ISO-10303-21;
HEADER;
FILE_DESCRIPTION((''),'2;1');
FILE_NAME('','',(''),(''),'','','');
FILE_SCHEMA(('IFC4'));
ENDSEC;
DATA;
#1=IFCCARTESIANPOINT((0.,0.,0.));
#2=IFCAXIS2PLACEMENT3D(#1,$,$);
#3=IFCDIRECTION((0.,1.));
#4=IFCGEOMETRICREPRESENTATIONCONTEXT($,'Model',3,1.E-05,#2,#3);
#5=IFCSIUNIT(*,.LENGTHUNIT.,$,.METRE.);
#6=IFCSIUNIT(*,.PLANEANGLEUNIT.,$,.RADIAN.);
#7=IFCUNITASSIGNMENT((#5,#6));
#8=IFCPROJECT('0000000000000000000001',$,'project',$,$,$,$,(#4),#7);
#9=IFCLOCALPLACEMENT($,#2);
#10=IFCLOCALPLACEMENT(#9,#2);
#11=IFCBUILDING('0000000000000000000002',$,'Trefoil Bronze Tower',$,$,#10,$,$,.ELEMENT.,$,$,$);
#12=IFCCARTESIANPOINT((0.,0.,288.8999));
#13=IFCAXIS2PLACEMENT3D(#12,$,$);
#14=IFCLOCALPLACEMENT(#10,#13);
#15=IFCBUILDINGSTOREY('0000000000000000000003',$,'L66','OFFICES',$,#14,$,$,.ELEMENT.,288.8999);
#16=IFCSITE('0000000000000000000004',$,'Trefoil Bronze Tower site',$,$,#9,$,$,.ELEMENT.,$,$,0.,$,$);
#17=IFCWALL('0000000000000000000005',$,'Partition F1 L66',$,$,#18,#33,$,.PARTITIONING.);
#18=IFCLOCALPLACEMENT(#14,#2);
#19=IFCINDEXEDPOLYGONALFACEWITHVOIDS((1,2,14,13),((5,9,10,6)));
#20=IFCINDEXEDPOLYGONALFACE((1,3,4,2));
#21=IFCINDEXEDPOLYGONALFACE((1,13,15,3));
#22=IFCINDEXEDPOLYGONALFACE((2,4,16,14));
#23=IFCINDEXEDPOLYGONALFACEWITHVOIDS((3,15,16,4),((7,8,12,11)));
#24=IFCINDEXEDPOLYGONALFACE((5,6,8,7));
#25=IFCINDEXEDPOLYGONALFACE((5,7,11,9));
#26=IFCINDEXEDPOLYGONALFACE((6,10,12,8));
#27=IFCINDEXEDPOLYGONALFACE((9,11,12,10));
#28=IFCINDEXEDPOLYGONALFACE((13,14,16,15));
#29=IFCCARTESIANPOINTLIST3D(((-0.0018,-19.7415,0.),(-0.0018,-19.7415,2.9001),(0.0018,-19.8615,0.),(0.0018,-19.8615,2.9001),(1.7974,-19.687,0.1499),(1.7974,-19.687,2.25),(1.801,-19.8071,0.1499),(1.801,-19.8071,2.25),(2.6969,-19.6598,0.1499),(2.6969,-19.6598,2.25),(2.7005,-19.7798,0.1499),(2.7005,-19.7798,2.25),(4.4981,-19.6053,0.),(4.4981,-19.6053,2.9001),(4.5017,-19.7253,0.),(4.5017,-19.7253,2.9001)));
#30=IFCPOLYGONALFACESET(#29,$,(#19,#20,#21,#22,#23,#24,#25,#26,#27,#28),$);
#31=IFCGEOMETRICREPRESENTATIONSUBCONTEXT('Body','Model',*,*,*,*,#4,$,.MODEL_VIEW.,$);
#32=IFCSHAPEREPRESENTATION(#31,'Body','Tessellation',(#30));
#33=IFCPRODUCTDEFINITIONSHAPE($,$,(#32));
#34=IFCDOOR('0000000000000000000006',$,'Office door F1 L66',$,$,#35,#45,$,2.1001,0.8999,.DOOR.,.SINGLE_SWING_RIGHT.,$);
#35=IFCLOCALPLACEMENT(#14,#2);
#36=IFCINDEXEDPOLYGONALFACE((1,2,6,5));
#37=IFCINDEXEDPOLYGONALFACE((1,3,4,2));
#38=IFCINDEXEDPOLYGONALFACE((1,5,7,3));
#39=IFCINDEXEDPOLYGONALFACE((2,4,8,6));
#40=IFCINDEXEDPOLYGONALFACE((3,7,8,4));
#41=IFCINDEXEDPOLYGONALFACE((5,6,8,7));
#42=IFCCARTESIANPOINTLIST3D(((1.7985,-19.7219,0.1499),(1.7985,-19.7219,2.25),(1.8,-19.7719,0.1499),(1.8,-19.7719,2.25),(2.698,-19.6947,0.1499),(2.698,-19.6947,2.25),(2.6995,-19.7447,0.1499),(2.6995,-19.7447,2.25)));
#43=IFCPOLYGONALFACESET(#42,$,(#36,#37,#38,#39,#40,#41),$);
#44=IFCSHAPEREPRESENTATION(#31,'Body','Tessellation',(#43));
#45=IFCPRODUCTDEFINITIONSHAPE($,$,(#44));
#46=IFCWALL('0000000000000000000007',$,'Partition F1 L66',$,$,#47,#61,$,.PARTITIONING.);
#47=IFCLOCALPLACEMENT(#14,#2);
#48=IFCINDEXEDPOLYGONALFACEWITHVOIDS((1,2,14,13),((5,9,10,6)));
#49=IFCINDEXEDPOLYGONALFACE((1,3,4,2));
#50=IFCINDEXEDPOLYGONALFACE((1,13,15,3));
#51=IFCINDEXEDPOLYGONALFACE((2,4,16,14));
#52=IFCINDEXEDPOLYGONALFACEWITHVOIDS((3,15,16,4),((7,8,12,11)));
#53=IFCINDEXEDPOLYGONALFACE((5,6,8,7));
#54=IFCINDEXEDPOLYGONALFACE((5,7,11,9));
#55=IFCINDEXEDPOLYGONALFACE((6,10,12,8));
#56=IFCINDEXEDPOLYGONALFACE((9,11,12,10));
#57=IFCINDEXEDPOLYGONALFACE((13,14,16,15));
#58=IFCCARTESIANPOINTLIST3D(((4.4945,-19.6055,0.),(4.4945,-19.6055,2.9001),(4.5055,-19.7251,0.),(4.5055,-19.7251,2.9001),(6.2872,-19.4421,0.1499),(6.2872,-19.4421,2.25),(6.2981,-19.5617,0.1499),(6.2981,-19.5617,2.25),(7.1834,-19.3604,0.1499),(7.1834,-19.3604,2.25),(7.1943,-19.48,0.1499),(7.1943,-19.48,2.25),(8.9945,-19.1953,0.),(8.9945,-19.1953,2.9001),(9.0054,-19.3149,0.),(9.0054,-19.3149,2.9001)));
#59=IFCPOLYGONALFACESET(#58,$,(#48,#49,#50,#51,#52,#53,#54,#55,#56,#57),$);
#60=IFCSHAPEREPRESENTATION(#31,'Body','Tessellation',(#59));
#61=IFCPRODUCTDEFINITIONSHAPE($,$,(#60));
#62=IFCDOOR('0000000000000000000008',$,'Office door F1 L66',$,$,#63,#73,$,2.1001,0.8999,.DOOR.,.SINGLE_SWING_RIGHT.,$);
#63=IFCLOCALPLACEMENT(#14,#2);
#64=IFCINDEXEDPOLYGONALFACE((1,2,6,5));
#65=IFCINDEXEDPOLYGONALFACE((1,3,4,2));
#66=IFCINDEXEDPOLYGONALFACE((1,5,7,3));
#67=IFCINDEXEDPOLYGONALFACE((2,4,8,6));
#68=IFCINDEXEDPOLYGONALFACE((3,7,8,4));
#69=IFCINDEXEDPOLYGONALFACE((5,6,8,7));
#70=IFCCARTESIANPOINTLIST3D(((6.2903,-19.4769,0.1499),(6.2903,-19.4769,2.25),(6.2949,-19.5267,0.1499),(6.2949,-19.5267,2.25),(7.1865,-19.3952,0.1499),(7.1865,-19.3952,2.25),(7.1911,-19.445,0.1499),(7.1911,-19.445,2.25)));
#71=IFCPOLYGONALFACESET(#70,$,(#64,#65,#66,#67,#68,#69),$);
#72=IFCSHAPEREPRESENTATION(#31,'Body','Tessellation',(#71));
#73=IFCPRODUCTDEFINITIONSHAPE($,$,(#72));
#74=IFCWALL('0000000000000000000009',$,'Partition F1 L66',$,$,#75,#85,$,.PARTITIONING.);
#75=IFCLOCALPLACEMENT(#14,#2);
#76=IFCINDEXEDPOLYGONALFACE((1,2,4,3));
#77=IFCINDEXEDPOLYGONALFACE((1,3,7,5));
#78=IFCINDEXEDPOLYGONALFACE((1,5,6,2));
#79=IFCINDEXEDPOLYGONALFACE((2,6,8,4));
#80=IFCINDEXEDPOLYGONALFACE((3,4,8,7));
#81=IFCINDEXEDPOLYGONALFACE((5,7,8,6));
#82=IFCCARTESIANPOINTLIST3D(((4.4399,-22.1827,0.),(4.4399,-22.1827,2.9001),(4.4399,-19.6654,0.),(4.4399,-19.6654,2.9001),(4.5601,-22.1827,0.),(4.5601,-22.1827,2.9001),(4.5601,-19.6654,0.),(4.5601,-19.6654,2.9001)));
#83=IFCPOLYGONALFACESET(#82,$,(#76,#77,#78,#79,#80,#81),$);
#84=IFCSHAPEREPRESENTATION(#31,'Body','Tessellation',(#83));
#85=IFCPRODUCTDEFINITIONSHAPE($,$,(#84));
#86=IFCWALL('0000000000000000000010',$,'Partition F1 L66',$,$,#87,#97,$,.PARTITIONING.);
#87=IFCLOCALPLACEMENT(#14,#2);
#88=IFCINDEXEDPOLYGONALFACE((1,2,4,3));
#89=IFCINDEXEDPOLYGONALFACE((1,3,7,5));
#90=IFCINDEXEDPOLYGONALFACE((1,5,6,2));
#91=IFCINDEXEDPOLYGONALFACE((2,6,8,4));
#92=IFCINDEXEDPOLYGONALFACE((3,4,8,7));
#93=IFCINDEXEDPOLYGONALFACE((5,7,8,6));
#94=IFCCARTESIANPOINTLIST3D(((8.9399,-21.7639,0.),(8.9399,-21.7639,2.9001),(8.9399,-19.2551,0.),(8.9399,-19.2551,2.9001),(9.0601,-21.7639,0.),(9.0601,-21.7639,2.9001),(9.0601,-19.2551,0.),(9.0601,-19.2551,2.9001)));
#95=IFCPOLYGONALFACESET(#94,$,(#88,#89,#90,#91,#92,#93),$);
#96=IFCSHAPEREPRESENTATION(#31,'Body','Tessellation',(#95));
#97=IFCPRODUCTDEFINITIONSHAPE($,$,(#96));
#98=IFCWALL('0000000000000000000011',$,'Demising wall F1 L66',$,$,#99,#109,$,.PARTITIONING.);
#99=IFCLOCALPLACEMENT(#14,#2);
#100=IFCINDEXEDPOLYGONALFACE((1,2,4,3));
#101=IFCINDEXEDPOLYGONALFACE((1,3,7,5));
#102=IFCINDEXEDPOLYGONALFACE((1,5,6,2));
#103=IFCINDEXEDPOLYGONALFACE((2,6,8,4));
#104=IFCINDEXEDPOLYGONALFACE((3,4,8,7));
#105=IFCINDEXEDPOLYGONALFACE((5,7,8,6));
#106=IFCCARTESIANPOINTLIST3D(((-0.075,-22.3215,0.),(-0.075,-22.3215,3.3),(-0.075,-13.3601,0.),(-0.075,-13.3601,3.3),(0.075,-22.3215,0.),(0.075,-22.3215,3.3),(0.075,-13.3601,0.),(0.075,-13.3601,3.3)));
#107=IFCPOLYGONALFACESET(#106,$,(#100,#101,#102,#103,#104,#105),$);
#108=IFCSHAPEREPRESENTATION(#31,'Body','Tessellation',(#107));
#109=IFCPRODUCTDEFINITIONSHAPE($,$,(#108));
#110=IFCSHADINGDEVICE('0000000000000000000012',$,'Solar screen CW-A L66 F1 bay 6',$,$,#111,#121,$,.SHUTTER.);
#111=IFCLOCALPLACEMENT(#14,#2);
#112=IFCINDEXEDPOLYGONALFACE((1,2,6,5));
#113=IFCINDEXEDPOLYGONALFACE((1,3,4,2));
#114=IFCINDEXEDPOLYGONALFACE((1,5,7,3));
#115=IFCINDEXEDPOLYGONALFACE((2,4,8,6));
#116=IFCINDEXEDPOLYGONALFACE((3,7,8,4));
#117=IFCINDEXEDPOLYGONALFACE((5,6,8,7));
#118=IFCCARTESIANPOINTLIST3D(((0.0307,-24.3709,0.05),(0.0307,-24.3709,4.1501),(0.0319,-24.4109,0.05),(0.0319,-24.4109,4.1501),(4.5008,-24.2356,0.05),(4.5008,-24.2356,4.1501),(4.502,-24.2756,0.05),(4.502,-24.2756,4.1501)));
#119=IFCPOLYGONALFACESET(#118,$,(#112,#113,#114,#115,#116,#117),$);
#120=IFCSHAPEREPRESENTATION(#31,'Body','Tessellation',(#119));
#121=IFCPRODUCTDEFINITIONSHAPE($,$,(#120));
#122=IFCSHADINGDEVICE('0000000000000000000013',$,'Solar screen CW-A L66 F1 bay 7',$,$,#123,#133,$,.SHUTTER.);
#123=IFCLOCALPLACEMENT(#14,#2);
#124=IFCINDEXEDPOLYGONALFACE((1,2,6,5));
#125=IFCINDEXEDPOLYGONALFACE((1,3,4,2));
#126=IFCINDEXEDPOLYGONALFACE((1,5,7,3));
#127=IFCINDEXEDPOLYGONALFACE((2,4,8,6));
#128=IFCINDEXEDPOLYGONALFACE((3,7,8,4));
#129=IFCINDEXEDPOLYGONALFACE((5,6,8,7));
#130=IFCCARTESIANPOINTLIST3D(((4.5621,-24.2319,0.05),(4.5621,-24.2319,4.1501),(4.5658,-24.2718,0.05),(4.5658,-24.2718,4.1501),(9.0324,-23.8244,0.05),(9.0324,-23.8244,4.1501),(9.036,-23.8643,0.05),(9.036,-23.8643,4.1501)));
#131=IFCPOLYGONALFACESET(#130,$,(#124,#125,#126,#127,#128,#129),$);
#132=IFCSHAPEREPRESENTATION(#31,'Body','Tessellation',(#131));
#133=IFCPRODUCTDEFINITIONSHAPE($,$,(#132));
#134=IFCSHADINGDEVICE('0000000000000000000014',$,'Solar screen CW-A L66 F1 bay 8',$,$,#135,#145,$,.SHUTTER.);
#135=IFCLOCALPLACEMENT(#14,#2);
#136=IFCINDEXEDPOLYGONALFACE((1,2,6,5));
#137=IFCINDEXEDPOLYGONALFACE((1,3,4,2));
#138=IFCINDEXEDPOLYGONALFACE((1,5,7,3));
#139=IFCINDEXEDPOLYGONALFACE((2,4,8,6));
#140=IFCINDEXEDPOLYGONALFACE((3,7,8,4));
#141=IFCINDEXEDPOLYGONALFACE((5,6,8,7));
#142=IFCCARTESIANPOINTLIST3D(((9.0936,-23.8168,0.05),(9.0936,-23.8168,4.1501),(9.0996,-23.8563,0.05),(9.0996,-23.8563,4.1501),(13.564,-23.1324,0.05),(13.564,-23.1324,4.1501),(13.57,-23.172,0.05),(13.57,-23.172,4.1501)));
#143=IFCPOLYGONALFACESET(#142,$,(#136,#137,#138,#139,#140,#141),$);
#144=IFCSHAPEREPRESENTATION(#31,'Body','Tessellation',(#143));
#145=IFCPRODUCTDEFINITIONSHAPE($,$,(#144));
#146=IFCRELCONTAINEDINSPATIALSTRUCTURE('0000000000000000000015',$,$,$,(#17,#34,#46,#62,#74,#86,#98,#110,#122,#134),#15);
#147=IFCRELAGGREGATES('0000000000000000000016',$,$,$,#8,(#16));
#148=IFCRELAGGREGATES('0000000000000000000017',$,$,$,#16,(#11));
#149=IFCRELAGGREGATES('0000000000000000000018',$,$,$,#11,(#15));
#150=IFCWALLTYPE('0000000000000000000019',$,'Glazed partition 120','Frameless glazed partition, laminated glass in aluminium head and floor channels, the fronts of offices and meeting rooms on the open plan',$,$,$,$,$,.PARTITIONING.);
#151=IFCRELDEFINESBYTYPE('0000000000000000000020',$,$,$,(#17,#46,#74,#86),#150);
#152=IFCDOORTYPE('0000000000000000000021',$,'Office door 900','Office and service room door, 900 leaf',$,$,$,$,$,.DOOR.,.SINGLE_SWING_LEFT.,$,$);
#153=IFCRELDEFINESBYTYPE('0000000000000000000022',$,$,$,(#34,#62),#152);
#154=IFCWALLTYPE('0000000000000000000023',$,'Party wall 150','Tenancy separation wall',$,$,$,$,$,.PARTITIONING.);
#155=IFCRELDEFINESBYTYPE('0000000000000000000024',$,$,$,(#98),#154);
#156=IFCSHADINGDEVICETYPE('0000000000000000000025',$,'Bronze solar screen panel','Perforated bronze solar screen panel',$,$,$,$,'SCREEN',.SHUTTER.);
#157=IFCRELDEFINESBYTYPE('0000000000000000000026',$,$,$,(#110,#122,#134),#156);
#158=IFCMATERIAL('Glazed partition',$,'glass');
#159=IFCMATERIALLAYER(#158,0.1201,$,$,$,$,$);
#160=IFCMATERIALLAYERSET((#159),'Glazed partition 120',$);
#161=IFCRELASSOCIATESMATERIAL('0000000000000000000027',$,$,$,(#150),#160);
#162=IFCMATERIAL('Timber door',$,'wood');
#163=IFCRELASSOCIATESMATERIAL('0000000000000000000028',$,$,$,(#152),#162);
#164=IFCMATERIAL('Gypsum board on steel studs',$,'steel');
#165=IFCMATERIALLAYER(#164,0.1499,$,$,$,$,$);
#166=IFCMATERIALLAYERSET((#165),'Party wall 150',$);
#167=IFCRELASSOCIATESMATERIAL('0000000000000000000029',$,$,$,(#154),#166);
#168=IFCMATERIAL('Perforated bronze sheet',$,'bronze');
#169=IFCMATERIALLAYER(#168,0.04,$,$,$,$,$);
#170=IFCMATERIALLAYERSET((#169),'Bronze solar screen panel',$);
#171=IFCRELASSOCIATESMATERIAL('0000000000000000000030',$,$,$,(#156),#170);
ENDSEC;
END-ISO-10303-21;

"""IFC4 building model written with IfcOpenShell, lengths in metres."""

from ifc_helpers import new_model, si_unit, direction, frame, frame_2d, origin, origin_2d, place, context, subcontext, project, spatial, rectangle, extrude, material, layer, layer_set, type_object, element, fill, save


model = new_model("IFC4")

# Units and contexts
model_context = context("Model", 3, precision=1e-05, world=origin(), true_north=direction((0.0, 1.0)))
body_context = subcontext(model_context, "Body", "Model", "MODEL_VIEW")
ifc_project = project(units=[si_unit("LENGTHUNIT", "METRE"), si_unit("PLANEANGLEUNIT", "RADIAN")], contexts=[model_context])

# Site, building, storey
site_placement = place(None, origin())
site = spatial("IfcSite", under=ifc_project, at=site_placement, Name="Trefoil Bronze Tower site", CompositionType="ELEMENT", RefElevation=0.0)
building_placement = place(site_placement, origin())
building = spatial("IfcBuilding", under=site, at=building_placement, Name="Trefoil Bronze Tower", CompositionType="ELEMENT")
storey_placement = place(building_placement, frame((0.0, 0.0, 288.8999)))
storey = spatial("IfcBuildingStorey", under=building, at=storey_placement, Name="L66", Description="OFFICES", CompositionType="ELEMENT", Elevation=288.8999)

# Walls, openings, doors
ifc_material_1 = material(Name="Glazed partition", Category="glass")
ifc_layer_1 = layer(ifc_material_1, 0.1201)
ifc_layer_set_1 = layer_set([ifc_layer_1], Name="Glazed partition 120")
wall_type_1 = type_object("IfcWallType", Name="Glazed partition 120", Description="Frameless glazed partition, laminated glass in aluminium head and floor channels, the fronts of offices and meeting rooms on the open plan", PredefinedType="PARTITIONING", material=ifc_layer_set_1)
wall_1_placement = place(storey_placement, frame((0.0, -19.8015, 0.0), z_axis=(0.0, 0.0, 1.0), x_axis=(0.999542, 0.03026, 0.0)))
wall_1 = element("IfcWall", 1, at=wall_1_placement, inside=storey, type_object=wall_type_1, Name="Partition F1 L66", PredefinedType="PARTITIONING", context=body_context, shape_type="SweptSolid", body=[
    extrude(rectangle(XDim=4.502, YDim=0.1201, at=frame_2d((2.251, 0.0))), origin(), (0.0, 0.0, 1.0), 2.9001),
])
opening_1_placement = place(wall_1_placement, frame((1.8, 0.0, 0.1499)))
opening_1 = element("IfcOpeningElement", 2, at=opening_1_placement, cuts=wall_1, PredefinedType="OPENING", context=body_context, shape_type="SweptSolid", body=[
    extrude(rectangle(XDim=0.8999, YDim=2.1001, at=frame_2d((0.45, 1.05))), frame((0.0, 0.0701, 0.0), z_axis=(0.0, -1.0, 0.0), x_axis=(1.0, 0.0, 0.0)), (0.0, 0.0, 1.0), 0.1401),
])
ifc_material_2 = material(Name="Timber door", Category="wood")
door_type = type_object("IfcDoorType", Name="Office door 900", Description="Office and service room door, 900 leaf", OperationType="SINGLE_SWING_LEFT", PredefinedType="DOOR", material=ifc_material_2)
door_1_placement = place(opening_1_placement, frame((0.8999, 0.0, 0.0), z_axis=(0.0, 0.0, 1.0), x_axis=(-1.0, 0.0, 0.0)))
door_1 = element("IfcDoor", 3, at=door_1_placement, inside=storey, type_object=door_type, Name="Office door F1 L66", OperationType="SINGLE_SWING_RIGHT", OverallHeight=2.1001, OverallWidth=0.8999, PredefinedType="DOOR", context=body_context, shape_type="SweptSolid", body=[
    extrude(rectangle(XDim=0.8999, YDim=2.1001, at=frame_2d((0.45, 1.05))), frame((0.0, 0.0249, 0.0), z_axis=(0.0, -1.0, 0.0), x_axis=(1.0, 0.0, 0.0)), (0.0, 0.0, 1.0), 0.05),
])
fill(opening_1, door_1)
wall_2_placement = place(storey_placement, frame((4.5, -19.6653, 0.0), z_axis=(0.0, 0.0, 1.0), x_axis=(0.995872, 0.09077, 0.0)))
wall_2 = element("IfcWall", 4, at=wall_2_placement, inside=storey, type_object=wall_type_1, Name="Partition F1 L66", PredefinedType="PARTITIONING", context=body_context, shape_type="SweptSolid", body=[
    extrude(rectangle(XDim=4.5186, YDim=0.1201, at=frame_2d((2.2593, 0.0))), origin(), (0.0, 0.0, 1.0), 2.9001),
])
opening_2_placement = place(wall_2_placement, frame((1.8, 0.0, 0.1499)))
opening_2 = element("IfcOpeningElement", 5, at=opening_2_placement, cuts=wall_2, PredefinedType="OPENING", context=body_context, shape_type="SweptSolid", body=[
    extrude(rectangle(XDim=0.8999, YDim=2.1001, at=frame_2d((0.45, 1.05))), frame((0.0, 0.0701, 0.0), z_axis=(0.0, -1.0, 0.0), x_axis=(1.0, 0.0, 0.0)), (0.0, 0.0, 1.0), 0.1401),
])
door_2_placement = place(opening_2_placement, frame((0.8999, 0.0, 0.0), z_axis=(0.0, 0.0, 1.0), x_axis=(-1.0, 0.0, 0.0)))
door_2 = element("IfcDoor", 6, at=door_2_placement, inside=storey, type_object=door_type, Name="Office door F1 L66", OperationType="SINGLE_SWING_RIGHT", OverallHeight=2.1001, OverallWidth=0.8999, PredefinedType="DOOR", context=body_context, shape_type="SweptSolid", body=[
    extrude(rectangle(XDim=0.8999, YDim=2.1001, at=frame_2d((0.45, 1.05))), frame((0.0, 0.0249, 0.0), z_axis=(0.0, -1.0, 0.0), x_axis=(1.0, 0.0, 0.0)), (0.0, 0.0, 1.0), 0.05),
])
fill(opening_2, door_2)

# Walls
wall_3_placement = place(storey_placement, frame((4.5, -19.6653, 0.0), z_axis=(0.0, 0.0, 1.0), x_axis=(0.0, -1.0, 0.0)))
element("IfcWall", 7, at=wall_3_placement, inside=storey, type_object=wall_type_1, Name="Partition F1 L66", PredefinedType="PARTITIONING", context=body_context, shape_type="SweptSolid", body=[
    extrude(rectangle(XDim=2.5173, YDim=0.1201, at=frame_2d((1.2588, 0.0))), origin(), (0.0, 0.0, 1.0), 2.9001),
])
wall_4_placement = place(storey_placement, frame((9.0, -19.2551, 0.0), z_axis=(0.0, 0.0, 1.0), x_axis=(0.0, -1.0, 0.0)))
element("IfcWall", 8, at=wall_4_placement, inside=storey, type_object=wall_type_1, Name="Partition F1 L66", PredefinedType="PARTITIONING", context=body_context, shape_type="SweptSolid", body=[
    extrude(rectangle(XDim=2.5088, YDim=0.1201, at=frame_2d((1.2544, 0.0))), origin(), (0.0, 0.0, 1.0), 2.9001),
])
ifc_material_3 = material(Name="Gypsum board on steel studs", Category="steel")
ifc_layer_2 = layer(ifc_material_3, 0.1499)
ifc_layer_set_2 = layer_set([ifc_layer_2], Name="Party wall 150")
wall_type_2 = type_object("IfcWallType", Name="Party wall 150", Description="Tenancy separation wall", PredefinedType="PARTITIONING", material=ifc_layer_set_2)
wall_5_placement = place(storey_placement, frame((0.0, -13.3601, 0.0), z_axis=(0.0, 0.0, 1.0), x_axis=(0.0, -1.0, 0.0)))
element("IfcWall", 9, at=wall_5_placement, inside=storey, type_object=wall_type_2, Name="Demising wall F1 L66", PredefinedType="PARTITIONING", context=body_context, shape_type="SweptSolid", body=[
    extrude(rectangle(XDim=8.9614, YDim=0.1499, at=frame_2d((4.4807, 0.0))), origin(), (0.0, 0.0, 1.0), 3.3),
])

# Shading devices
ifc_material_4 = material(Name="Perforated bronze sheet", Category="bronze")
ifc_layer_3 = layer(ifc_material_4, 0.04)
ifc_layer_set_3 = layer_set([ifc_layer_3], Name="Bronze solar screen panel")
shading_device_type = type_object("IfcShadingDeviceType", Name="Bronze solar screen panel", Description="Perforated bronze solar screen panel", ElementType="SCREEN", PredefinedType="SHUTTER", material=ifc_layer_set_3)
shading_device_1_placement = place(storey_placement, frame((2.2664, -24.3232, 0.05), z_axis=(0.0, 0.0, 1.0), x_axis=(0.999542, 0.030263, 0.0)))
element("IfcShadingDevice", 10, at=shading_device_1_placement, inside=storey, type_object=shading_device_type, Name="Solar screen CW-A L66 F1 bay 6", PredefinedType="SHUTTER", context=body_context, shape_type="SweptSolid", body=[
    extrude(rectangle(XDim=4.4722, YDim=0.04, at=origin_2d()), origin(), (0.0, 0.0, 1.0), 4.1001),
])
shading_device_2_placement = place(storey_placement, frame((6.7991, -24.0481, 0.05), z_axis=(0.0, 0.0, 1.0), x_axis=(0.99587, 0.090789, 0.0)))
element("IfcShadingDevice", 11, at=shading_device_2_placement, inside=storey, type_object=shading_device_type, Name="Solar screen CW-A L66 F1 bay 7", PredefinedType="SHUTTER", context=body_context, shape_type="SweptSolid", body=[
    extrude(rectangle(XDim=4.4888, YDim=0.04, at=origin_2d()), origin(), (0.0, 0.0, 1.0), 4.1001),
])
shading_device_3_placement = place(storey_placement, frame((11.3318, -23.4944, 0.05), z_axis=(0.0, 0.0, 1.0), x_axis=(0.988485, 0.151317, 0.0)))
element("IfcShadingDevice", 12, at=shading_device_3_placement, inside=storey, type_object=shading_device_type, Name="Solar screen CW-A L66 F1 bay 8", PredefinedType="SHUTTER", context=body_context, shape_type="SweptSolid", body=[
    extrude(rectangle(XDim=4.5225, YDim=0.04, at=origin_2d()), origin(), (0.0, 0.0, 1.0), 4.1001),
])

save(model, "model.ifc")
